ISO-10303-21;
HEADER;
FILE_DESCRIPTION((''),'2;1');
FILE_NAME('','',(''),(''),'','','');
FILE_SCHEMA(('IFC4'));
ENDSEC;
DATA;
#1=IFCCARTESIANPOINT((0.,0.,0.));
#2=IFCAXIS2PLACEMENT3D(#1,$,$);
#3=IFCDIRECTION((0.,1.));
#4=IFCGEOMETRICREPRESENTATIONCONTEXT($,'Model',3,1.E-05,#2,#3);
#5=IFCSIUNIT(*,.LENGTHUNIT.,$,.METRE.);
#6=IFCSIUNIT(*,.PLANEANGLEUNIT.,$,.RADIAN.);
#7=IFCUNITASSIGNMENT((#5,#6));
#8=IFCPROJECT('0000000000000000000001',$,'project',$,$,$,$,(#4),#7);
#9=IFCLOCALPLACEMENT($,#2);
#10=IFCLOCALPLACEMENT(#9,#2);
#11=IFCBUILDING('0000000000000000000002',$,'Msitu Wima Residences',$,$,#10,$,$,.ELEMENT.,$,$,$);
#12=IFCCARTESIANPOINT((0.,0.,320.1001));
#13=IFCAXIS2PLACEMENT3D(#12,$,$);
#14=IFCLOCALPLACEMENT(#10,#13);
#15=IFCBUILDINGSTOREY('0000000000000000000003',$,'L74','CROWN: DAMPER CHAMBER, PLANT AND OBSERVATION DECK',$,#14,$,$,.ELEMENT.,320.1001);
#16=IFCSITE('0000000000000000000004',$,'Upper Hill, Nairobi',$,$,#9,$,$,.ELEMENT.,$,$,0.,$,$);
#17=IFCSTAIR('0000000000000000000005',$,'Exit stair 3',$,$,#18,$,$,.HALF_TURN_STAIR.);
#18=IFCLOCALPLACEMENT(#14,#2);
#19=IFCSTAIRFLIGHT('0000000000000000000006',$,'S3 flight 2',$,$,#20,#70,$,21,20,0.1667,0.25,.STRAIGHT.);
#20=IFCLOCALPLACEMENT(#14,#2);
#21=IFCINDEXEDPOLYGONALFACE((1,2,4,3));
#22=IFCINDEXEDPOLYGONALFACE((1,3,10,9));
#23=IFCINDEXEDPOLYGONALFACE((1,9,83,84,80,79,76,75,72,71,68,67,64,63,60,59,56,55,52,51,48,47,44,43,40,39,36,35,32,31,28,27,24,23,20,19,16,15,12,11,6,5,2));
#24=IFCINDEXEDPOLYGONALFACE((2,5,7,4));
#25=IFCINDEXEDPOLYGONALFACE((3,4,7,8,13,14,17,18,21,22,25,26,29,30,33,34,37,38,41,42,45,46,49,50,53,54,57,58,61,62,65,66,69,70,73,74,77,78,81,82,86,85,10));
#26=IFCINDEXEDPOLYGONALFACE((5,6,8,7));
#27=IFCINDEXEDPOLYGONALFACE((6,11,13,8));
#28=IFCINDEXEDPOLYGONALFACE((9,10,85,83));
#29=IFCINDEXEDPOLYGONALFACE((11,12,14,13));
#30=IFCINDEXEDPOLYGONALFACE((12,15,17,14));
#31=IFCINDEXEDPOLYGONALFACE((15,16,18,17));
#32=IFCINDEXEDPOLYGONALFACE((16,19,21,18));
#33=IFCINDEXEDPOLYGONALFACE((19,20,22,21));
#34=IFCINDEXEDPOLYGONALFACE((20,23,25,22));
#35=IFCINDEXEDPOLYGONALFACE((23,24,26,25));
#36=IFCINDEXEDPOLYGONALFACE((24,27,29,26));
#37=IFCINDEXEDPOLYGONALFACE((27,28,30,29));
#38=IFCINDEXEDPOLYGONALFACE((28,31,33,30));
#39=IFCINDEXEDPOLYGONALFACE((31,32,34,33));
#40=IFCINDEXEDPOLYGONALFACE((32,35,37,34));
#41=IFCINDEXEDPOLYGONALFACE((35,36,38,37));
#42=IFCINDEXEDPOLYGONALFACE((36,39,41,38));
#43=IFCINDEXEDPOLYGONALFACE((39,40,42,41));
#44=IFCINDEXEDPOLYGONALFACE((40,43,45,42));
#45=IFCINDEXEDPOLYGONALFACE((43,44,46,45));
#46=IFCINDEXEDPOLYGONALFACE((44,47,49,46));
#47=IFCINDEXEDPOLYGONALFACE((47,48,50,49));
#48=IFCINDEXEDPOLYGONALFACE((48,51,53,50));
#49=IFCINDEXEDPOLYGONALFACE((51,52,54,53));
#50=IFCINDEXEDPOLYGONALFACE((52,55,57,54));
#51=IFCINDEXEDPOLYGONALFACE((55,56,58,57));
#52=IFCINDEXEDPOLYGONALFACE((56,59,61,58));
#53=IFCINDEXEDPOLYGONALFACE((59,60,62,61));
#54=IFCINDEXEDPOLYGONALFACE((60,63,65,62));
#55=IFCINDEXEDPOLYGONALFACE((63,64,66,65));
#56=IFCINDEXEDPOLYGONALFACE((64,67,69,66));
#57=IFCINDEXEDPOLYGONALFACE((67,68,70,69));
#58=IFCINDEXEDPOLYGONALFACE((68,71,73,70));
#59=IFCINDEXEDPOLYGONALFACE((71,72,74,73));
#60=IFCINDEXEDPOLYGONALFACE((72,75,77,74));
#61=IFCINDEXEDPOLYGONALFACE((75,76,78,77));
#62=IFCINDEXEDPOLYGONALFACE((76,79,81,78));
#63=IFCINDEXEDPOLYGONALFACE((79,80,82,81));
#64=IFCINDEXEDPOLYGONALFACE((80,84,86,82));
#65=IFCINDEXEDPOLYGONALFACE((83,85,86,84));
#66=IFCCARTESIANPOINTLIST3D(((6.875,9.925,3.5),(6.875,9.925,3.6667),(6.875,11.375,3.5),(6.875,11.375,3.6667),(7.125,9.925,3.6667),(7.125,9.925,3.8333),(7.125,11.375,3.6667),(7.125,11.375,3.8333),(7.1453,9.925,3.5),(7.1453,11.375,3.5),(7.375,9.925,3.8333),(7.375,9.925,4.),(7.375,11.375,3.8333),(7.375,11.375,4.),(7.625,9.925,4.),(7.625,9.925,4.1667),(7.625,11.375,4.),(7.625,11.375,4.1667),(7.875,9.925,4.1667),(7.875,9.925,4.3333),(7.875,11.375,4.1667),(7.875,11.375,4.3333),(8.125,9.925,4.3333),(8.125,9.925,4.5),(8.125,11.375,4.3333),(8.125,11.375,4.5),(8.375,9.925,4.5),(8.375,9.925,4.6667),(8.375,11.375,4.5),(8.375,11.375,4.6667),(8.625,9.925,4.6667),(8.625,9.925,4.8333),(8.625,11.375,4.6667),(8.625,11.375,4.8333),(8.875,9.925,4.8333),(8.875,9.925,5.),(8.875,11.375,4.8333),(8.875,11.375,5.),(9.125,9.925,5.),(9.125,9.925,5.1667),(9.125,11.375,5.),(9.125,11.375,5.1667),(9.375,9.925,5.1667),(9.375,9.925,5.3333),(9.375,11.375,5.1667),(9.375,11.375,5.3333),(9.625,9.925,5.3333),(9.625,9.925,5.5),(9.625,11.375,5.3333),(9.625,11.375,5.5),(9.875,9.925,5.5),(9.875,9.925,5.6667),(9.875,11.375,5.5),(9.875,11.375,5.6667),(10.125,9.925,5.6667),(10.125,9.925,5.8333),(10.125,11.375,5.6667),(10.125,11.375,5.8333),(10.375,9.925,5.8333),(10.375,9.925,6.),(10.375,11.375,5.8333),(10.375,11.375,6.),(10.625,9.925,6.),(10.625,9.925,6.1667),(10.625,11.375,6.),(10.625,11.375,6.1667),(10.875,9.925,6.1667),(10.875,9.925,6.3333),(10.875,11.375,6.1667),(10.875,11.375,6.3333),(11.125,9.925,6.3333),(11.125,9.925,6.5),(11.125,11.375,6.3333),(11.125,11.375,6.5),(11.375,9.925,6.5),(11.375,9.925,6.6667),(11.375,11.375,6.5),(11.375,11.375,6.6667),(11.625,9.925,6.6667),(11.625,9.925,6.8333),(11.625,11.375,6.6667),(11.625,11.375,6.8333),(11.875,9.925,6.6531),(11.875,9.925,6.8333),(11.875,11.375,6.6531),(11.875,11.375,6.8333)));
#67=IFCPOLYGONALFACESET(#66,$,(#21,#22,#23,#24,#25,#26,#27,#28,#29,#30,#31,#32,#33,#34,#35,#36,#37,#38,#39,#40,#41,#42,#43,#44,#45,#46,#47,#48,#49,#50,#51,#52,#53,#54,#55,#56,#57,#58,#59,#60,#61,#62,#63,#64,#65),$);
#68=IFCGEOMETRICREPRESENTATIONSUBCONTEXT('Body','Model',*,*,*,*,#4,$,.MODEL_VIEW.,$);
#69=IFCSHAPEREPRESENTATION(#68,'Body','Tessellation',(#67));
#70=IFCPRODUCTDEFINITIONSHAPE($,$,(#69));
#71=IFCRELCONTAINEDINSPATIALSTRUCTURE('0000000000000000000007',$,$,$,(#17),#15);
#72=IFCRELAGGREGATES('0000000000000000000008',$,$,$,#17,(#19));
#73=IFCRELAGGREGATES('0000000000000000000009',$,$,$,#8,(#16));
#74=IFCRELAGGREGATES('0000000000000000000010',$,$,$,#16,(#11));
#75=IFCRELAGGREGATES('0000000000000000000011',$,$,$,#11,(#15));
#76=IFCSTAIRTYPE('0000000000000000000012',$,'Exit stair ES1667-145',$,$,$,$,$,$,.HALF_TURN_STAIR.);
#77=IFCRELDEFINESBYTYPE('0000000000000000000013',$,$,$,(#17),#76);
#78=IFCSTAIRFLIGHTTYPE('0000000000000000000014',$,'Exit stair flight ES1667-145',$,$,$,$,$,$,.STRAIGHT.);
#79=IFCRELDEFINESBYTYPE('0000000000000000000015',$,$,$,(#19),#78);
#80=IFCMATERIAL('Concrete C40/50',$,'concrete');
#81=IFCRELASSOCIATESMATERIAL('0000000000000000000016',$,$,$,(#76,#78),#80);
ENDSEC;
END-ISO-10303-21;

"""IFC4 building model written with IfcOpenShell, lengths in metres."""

from ifc_helpers import new_model, si_unit, direction, frame, origin, place, context, subcontext, project, spatial, polyline, outline, extrude, material, type_object, element, aggregate, save


model = new_model("IFC4")

# Units and contexts
model_context = context("Model", 3, precision=1e-05, world=origin(), true_north=direction((0.0, 1.0)))
body_context = subcontext(model_context, "Body", "Model", "MODEL_VIEW")
ifc_project = project(units=[si_unit("LENGTHUNIT", "METRE"), si_unit("PLANEANGLEUNIT", "RADIAN")], contexts=[model_context])

# Site, building, storey
site_placement = place(None, origin())
site = spatial("IfcSite", under=ifc_project, at=site_placement, Name="Upper Hill, Nairobi", CompositionType="ELEMENT", RefElevation=0.0)
building_placement = place(site_placement, origin())
building = spatial("IfcBuilding", under=site, at=building_placement, Name="Msitu Wima Residences", CompositionType="ELEMENT")
storey_placement = place(building_placement, frame((0.0, 0.0, 320.1001)))
storey = spatial("IfcBuildingStorey", under=building, at=storey_placement, Name="L74", Description="CROWN: DAMPER CHAMBER, PLANT AND OBSERVATION DECK", CompositionType="ELEMENT", Elevation=320.1001)

# Shared definitions
ifc_material_1 = material(Name="Concrete C40/50", Category="concrete")

# Stair, stair flight
stair_type = type_object("IfcStairType", Name="Exit stair ES1667-145", PredefinedType="HALF_TURN_STAIR", material=ifc_material_1)
stair_placement = place(storey_placement, origin())
stair = element("IfcStair", 1, at=stair_placement, inside=storey, type_object=stair_type, Name="Exit stair 3", PredefinedType="HALF_TURN_STAIR")
stair_flight_type = type_object("IfcStairFlightType", Name="Exit stair flight ES1667-145", PredefinedType="STRAIGHT", material=ifc_material_1)
stair_flight_1_placement = place(storey_placement, frame((6.875, 10.6499, 3.5), z_axis=(0.0, 0.0, 1.0), x_axis=(1.0, 0.0, 0.0)))
stair_flight_1 = element("IfcStairFlight", 2, at=stair_flight_1_placement, type_object=stair_flight_type, Name="S3 flight 2", NumberOfRisers=21, NumberOfTreads=20, PredefinedType="STRAIGHT", RiserHeight=0.1667, TreadLength=0.25, context=body_context, shape_type="SweptSolid", body=[
    extrude(outline(polyline([(0.0, 0.0), (0.0, 0.1667), (0.25, 0.1667), (0.25, 0.3333), (0.5, 0.3333), (0.5, 0.5), (0.75, 0.5), (0.75, 0.6667), (1.0, 0.6667), (1.0, 0.8333), (1.25, 0.8333), (1.25, 1.0), (1.5, 1.0), (1.5, 1.1667), (1.75, 1.1667), (1.75, 1.3333), (2.0, 1.3333), (2.0, 1.5), (2.25, 1.5), (2.25, 1.6667), (2.5, 1.6667), (2.5, 1.8333), (2.75, 1.8333), (2.75, 2.0), (3.0, 2.0), (3.0, 2.1667), (3.25, 2.1667), (3.25, 2.3333), (3.5, 2.3333), (3.5, 2.5), (3.75, 2.5), (3.75, 2.6667), (4.0, 2.6667), (4.0, 2.8333), (4.25, 2.8333), (4.25, 3.0), (4.5, 3.0), (4.5, 3.1667), (4.75, 3.1667), (4.75, 3.3333), (5.0, 3.3333), (5.0, 3.5), (5.0, 3.1531), (0.2703, 0.0), (0.0, 0.0)])), frame((0.0, 0.7251, 0.0), z_axis=(0.0, -1.0, 0.0), x_axis=(1.0, 0.0, 0.0)), (0.0, 0.0, 1.0), 1.45),
])
aggregate(stair, [stair_flight_1])

save(model, "model.ifc")
